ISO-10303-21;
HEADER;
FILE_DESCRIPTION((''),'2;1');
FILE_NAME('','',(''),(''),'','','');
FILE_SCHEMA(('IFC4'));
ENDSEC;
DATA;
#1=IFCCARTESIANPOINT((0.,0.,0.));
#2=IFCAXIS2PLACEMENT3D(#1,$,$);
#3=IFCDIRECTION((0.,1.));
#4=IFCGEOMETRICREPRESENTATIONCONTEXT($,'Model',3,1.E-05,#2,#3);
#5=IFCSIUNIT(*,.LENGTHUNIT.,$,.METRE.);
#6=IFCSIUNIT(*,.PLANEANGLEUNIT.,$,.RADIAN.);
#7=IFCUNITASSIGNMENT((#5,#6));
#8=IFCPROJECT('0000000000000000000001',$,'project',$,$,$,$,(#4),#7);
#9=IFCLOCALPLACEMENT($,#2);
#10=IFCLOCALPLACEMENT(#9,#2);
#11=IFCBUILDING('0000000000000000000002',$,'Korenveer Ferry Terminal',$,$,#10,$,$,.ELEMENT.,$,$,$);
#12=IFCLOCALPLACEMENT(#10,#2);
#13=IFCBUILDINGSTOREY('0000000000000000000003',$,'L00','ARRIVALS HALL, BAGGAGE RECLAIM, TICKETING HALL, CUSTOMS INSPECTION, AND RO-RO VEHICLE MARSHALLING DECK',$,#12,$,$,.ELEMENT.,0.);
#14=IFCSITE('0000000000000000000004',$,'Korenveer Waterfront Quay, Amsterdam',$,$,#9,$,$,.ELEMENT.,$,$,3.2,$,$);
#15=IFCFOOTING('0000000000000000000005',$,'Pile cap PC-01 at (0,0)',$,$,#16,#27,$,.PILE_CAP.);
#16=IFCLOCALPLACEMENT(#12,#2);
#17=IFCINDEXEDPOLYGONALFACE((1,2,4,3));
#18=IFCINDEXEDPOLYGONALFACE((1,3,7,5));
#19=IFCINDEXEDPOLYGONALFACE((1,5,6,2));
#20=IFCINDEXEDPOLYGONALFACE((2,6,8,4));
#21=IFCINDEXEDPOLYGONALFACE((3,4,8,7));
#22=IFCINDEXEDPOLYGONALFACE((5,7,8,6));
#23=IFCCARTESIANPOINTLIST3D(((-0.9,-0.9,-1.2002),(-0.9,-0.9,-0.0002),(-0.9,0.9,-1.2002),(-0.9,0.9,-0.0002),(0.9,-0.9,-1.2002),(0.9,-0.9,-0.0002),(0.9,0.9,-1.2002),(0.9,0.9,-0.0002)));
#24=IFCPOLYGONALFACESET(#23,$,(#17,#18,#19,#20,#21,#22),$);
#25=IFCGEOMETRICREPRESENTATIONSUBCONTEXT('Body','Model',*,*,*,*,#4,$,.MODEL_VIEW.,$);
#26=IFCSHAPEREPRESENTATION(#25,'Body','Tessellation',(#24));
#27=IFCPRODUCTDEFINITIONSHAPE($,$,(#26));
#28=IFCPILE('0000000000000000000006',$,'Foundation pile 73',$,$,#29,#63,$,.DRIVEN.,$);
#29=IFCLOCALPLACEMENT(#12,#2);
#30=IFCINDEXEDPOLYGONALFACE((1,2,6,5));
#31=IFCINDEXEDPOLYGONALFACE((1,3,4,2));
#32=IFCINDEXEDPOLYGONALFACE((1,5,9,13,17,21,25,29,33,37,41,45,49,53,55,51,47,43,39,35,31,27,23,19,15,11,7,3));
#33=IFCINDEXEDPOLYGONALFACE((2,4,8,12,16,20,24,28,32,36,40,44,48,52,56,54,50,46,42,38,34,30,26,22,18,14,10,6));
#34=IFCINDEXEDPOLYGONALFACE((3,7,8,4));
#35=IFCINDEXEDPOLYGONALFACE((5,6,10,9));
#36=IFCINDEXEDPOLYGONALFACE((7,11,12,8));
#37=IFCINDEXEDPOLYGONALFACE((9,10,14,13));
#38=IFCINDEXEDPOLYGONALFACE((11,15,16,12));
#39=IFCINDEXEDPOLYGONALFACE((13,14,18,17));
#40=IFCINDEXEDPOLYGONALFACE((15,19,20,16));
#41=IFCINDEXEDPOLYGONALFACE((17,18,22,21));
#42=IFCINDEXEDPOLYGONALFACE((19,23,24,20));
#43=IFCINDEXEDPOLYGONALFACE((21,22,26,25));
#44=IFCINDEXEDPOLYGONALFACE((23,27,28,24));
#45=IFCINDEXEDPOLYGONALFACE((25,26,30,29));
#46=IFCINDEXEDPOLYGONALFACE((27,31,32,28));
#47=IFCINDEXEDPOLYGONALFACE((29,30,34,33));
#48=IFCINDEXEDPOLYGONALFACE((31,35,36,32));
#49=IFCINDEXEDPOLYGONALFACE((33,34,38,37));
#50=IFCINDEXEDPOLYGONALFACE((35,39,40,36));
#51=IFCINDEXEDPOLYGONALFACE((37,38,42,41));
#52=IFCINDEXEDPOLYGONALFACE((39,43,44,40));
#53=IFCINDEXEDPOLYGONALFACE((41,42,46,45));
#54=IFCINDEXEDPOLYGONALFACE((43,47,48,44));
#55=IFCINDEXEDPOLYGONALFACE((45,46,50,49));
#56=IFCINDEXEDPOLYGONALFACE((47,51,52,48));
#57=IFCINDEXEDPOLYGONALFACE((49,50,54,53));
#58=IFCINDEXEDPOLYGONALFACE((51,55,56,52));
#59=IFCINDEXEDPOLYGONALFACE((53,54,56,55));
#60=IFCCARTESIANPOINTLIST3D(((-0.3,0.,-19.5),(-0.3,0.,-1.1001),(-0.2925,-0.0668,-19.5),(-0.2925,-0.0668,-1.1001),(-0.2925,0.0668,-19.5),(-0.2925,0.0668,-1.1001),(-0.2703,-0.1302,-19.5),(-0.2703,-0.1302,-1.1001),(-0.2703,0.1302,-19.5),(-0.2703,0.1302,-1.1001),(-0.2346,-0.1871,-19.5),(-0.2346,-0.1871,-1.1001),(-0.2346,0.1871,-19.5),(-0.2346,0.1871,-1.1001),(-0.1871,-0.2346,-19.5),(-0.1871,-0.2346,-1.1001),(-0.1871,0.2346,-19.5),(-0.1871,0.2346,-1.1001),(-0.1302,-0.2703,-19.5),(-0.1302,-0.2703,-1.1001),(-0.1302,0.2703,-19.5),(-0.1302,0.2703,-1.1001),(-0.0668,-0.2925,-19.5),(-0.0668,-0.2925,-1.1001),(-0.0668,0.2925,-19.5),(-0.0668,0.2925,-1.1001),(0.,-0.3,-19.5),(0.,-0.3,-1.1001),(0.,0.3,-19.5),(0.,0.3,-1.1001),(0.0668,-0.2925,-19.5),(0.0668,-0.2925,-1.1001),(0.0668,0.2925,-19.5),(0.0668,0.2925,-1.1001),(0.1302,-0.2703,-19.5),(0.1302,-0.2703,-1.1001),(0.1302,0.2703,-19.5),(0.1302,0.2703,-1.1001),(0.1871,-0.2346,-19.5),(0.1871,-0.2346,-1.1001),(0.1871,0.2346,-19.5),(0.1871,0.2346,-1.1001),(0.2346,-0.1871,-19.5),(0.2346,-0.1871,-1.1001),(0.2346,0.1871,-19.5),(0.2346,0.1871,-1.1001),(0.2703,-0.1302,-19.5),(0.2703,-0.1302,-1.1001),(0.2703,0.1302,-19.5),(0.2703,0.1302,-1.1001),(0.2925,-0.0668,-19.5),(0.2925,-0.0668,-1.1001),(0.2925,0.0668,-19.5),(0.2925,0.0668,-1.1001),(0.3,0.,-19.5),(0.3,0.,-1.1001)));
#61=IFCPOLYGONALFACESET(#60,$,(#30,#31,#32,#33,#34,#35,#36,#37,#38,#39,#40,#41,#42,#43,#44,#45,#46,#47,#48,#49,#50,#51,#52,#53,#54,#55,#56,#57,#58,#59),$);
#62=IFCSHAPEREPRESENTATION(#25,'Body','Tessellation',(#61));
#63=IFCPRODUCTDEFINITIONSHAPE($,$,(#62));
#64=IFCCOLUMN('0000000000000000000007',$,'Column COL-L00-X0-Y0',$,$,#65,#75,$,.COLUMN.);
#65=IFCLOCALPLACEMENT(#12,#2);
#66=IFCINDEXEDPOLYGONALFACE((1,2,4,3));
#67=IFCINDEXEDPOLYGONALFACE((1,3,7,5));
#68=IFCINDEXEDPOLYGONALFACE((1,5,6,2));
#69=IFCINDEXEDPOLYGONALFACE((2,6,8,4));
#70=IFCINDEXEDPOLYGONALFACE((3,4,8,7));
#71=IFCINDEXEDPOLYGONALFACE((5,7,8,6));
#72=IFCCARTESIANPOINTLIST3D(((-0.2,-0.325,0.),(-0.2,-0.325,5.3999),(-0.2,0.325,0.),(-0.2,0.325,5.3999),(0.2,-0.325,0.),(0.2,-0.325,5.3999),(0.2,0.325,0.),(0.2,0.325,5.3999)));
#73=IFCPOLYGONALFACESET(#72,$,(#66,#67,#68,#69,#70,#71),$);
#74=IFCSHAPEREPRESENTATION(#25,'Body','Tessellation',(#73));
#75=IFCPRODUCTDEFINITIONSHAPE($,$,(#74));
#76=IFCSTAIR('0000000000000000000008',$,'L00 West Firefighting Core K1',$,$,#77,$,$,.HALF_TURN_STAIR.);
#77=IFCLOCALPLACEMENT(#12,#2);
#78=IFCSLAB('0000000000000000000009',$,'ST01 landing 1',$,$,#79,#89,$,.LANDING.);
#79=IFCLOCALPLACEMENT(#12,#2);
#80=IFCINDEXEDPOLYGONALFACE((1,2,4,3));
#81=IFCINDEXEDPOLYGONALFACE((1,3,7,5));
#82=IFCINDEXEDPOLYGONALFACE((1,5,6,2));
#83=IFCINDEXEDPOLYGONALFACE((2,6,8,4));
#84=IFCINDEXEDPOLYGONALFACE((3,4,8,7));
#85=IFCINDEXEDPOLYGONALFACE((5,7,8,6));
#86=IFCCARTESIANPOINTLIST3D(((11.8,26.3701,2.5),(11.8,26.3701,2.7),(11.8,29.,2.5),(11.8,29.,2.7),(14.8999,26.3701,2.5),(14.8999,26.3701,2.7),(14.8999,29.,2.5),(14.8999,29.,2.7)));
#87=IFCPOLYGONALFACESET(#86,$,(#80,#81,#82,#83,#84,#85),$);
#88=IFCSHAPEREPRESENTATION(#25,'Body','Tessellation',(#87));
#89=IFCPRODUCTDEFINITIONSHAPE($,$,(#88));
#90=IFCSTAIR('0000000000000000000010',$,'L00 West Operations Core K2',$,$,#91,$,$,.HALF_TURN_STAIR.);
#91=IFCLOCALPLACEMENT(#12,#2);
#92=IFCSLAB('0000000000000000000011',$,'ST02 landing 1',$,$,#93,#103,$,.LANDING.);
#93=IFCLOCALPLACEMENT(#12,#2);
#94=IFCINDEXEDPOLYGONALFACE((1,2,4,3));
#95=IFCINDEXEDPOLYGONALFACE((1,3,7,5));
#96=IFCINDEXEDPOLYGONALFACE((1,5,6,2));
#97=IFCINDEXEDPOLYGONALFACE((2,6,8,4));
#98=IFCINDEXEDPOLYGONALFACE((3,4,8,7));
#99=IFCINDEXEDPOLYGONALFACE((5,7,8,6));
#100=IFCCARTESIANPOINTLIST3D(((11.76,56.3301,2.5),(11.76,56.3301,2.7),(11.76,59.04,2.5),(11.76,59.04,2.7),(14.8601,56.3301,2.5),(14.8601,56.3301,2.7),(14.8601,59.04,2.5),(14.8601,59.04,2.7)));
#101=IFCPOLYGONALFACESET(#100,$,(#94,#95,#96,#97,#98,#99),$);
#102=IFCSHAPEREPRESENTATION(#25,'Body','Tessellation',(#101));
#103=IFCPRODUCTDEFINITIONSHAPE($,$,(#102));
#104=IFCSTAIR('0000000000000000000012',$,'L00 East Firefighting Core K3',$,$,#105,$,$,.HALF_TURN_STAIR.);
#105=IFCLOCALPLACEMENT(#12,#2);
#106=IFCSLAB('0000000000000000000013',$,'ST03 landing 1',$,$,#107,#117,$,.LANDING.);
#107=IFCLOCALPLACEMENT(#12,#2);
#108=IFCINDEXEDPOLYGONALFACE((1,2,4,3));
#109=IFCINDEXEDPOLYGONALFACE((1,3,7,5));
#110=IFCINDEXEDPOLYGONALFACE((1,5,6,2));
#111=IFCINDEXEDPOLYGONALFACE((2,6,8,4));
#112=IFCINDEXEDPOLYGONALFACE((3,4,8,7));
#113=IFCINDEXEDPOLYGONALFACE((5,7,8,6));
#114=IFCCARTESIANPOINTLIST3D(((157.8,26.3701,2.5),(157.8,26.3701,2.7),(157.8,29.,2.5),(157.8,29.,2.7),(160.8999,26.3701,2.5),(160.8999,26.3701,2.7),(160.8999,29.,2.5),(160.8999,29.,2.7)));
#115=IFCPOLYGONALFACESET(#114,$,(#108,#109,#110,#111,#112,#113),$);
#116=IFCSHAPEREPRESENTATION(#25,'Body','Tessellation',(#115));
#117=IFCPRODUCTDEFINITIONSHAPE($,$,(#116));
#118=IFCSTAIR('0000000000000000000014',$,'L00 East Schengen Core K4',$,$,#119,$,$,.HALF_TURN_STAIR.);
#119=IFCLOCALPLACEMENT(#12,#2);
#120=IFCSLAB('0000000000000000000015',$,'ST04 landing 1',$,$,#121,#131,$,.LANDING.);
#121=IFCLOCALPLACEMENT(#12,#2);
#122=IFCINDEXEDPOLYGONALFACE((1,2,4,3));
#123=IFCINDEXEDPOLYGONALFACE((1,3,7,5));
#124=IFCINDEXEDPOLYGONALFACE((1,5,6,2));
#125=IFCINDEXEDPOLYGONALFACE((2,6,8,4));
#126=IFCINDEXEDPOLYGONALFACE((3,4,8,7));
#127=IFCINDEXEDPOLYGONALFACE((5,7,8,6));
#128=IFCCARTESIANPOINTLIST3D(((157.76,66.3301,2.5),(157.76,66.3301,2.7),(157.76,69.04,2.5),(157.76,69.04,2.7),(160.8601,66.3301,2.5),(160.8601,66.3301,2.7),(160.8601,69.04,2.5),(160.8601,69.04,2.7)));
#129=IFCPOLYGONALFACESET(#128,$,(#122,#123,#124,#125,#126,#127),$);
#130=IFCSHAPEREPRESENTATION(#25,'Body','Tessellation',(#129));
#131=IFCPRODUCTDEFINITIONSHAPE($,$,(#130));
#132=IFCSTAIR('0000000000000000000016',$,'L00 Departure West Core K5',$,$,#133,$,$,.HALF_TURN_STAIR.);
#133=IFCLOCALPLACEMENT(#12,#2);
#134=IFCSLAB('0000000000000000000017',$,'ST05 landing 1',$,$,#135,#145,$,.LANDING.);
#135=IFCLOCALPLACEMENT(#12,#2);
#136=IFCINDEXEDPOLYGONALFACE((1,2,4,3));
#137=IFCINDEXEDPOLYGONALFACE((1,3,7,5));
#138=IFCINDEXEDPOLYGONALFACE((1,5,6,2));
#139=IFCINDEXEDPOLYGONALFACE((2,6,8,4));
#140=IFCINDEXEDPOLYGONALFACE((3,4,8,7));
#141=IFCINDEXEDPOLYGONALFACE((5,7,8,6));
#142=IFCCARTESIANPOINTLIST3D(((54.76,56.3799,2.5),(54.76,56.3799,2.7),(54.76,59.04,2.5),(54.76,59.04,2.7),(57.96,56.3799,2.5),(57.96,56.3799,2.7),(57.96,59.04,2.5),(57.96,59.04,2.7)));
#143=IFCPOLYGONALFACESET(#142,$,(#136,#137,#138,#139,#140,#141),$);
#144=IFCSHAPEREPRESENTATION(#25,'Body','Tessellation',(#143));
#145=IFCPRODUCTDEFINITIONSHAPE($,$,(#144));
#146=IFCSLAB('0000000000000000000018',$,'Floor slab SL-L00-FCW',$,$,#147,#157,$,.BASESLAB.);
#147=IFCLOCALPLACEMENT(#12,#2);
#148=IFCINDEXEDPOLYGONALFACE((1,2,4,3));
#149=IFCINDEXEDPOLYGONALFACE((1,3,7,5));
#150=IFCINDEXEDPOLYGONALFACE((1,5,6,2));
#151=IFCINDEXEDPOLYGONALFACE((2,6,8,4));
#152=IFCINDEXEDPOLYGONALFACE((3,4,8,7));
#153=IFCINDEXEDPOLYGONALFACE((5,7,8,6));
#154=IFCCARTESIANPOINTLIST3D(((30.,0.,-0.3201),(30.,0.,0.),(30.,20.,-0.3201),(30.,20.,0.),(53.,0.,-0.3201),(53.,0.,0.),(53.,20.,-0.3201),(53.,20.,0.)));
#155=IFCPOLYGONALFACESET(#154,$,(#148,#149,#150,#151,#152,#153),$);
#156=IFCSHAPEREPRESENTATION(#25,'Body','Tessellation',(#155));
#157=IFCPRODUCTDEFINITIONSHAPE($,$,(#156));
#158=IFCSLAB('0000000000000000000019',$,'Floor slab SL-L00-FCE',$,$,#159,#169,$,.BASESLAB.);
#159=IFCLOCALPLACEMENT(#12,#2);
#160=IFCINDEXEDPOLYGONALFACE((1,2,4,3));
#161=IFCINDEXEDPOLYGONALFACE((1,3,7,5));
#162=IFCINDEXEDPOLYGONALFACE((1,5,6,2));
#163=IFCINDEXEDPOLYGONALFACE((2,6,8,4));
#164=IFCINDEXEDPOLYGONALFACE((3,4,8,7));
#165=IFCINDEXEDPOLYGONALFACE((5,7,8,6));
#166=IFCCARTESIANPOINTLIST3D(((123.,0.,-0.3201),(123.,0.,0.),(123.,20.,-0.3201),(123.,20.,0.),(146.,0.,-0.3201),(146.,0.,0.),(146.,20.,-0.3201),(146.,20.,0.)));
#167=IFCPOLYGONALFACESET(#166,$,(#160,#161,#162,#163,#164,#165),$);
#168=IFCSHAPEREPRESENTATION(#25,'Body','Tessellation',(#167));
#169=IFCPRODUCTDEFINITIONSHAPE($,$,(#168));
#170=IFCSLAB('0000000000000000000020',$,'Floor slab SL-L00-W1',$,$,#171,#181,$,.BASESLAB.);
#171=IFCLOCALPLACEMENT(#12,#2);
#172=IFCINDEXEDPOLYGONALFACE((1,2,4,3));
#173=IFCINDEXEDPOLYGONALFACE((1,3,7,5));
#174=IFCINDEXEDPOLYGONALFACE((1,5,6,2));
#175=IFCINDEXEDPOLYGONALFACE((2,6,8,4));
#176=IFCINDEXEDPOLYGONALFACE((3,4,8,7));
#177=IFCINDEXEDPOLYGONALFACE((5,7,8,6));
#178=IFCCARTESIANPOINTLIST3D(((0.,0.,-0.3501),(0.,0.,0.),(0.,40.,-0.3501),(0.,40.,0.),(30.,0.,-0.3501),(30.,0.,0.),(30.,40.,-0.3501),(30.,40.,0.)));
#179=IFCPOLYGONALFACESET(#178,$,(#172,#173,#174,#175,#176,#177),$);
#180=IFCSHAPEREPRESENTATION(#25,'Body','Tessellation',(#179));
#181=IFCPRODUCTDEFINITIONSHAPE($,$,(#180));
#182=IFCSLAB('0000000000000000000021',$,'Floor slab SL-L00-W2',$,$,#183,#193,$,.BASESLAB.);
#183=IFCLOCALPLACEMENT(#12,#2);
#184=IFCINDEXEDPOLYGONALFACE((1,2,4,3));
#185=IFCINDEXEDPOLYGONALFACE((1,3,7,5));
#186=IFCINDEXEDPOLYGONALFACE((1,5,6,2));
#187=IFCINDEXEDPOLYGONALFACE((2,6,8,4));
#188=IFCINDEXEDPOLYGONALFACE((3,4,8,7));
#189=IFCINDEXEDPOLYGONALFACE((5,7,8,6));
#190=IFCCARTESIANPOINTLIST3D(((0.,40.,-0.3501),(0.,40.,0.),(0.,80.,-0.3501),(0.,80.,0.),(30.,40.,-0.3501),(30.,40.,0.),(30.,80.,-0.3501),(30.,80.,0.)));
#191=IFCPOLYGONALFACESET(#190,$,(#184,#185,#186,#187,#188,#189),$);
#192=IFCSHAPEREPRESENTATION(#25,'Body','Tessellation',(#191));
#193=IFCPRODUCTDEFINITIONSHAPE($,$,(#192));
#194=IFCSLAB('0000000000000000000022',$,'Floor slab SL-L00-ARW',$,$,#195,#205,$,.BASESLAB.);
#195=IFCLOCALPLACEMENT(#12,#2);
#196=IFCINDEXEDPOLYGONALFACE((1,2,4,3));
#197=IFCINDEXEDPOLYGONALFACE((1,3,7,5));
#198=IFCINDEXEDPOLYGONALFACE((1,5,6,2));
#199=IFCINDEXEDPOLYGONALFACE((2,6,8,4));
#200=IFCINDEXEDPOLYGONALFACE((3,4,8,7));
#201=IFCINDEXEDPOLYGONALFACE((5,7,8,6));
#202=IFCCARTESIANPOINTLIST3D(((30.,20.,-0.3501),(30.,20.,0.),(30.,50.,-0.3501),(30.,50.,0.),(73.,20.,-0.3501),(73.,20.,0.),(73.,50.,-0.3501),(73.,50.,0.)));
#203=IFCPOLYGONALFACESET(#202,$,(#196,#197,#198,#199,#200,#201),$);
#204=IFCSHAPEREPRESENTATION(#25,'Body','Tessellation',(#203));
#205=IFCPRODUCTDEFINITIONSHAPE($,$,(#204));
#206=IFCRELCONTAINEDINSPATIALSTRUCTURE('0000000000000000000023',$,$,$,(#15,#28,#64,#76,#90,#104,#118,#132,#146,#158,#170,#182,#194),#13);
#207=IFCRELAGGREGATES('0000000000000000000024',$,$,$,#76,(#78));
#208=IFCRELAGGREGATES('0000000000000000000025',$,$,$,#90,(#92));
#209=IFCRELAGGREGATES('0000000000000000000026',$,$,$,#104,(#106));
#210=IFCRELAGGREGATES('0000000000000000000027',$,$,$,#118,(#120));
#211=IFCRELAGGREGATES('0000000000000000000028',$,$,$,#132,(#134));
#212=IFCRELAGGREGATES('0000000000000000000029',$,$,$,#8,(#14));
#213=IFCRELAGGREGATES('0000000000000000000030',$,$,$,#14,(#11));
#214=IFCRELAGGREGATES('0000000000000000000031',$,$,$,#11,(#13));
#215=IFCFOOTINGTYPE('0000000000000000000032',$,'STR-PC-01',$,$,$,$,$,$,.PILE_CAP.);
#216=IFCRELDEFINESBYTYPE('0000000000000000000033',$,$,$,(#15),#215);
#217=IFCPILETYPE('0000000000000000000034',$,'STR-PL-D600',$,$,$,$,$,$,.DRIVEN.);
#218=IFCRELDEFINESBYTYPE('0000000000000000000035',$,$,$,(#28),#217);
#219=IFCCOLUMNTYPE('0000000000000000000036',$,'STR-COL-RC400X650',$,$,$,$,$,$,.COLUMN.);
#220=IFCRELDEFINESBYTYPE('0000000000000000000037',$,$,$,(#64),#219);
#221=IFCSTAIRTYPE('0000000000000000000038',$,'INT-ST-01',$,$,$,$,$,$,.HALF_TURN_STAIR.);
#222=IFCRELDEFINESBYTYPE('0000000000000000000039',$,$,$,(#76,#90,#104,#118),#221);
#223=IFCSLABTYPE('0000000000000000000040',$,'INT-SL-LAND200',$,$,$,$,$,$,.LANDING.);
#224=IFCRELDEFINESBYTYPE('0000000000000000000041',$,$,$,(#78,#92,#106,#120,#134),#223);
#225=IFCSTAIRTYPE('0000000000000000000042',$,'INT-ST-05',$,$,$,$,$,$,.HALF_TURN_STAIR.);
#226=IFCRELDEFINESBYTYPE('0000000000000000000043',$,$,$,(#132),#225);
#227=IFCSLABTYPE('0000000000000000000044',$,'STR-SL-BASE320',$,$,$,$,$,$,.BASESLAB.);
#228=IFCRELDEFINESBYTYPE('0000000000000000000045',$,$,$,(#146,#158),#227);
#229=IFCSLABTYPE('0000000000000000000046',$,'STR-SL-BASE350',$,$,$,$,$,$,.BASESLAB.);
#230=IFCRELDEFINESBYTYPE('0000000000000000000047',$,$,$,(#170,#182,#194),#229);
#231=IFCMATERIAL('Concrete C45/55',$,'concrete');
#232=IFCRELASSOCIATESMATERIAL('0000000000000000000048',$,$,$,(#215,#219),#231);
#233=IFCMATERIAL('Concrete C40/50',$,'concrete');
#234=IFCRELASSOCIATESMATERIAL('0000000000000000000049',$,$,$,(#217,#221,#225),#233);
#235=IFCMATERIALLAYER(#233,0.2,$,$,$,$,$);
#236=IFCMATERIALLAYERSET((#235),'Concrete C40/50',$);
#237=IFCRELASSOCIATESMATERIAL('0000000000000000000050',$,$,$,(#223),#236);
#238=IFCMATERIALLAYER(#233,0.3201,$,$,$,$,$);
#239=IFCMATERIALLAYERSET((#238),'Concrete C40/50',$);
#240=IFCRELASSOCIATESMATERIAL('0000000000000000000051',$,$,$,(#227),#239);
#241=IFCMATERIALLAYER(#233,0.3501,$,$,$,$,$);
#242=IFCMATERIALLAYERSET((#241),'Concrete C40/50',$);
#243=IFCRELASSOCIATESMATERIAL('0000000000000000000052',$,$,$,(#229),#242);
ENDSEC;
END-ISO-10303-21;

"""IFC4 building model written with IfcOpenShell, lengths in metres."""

from ifc_helpers import new_model, si_unit, direction, frame, origin, origin_with_axes, origin_2d, place, context, subcontext, project, spatial, polyline, rectangle, circle, outline, extrude, material, layer, layer_set, material_profile, profile_set, type_object, element, aggregate, save


model = new_model("IFC4")

# Units and contexts
model_context = context("Model", 3, precision=1e-05, world=origin(), true_north=direction((0.0, 1.0)))
body_context = subcontext(model_context, "Body", "Model", "MODEL_VIEW")
ifc_project = project(units=[si_unit("LENGTHUNIT", "METRE"), si_unit("PLANEANGLEUNIT", "RADIAN")], contexts=[model_context])

# Site, building, storey
site_placement = place(None, origin())
site = spatial("IfcSite", under=ifc_project, at=site_placement, Name="Korenveer Waterfront Quay, Amsterdam", CompositionType="ELEMENT", RefElevation=3.2)
building_placement = place(site_placement, origin())
building = spatial("IfcBuilding", under=site, at=building_placement, Name="Korenveer Ferry Terminal", CompositionType="ELEMENT")
storey_placement = place(building_placement, origin())
storey = spatial("IfcBuildingStorey", under=building, at=storey_placement, Name="L00", Description="ARRIVALS HALL, BAGGAGE RECLAIM, TICKETING HALL, CUSTOMS INSPECTION, AND RO-RO VEHICLE MARSHALLING DECK", CompositionType="ELEMENT", Elevation=0.0)

# Footing
ifc_material_1 = material(Name="Concrete C45/55", Category="concrete")
footing_type = type_object("IfcFootingType", Name="STR-PC-01", PredefinedType="PILE_CAP", material=ifc_material_1)
footing_placement = place(storey_placement, frame((0.0, 0.0, -1.2002), z_axis=(0.0, 0.0, 1.0), x_axis=(1.0, 0.0, 0.0)))
element("IfcFooting", 1, at=footing_placement, inside=storey, type_object=footing_type, Name="Pile cap PC-01 at (0,0)", PredefinedType="PILE_CAP", context=body_context, shape_type="SweptSolid", body=[
    extrude(rectangle(XDim=1.8, YDim=1.8, at=origin_2d()), origin(), (0.0, 0.0, 1.0), 1.2),
])

# Pile
ifc_material_2 = material(Name="Concrete C40/50", Category="concrete")
ifc_material_profile_1 = material_profile(ifc_material_2, circle(Radius=0.3, at=origin_2d()), Name="PILE D600")
ifc_profile_set_1 = profile_set([ifc_material_profile_1], Name="Concrete C40/50")
pile_type = type_object("IfcPileType", Name="STR-PL-D600", PredefinedType="DRIVEN", material=ifc_profile_set_1)
pile_placement = place(storey_placement, frame((0.0, 0.0, -1.1001), z_axis=(0.0, 0.0, -1.0), x_axis=(1.0, 0.0, 0.0)))
element("IfcPile", 2, at=pile_placement, inside=storey, type_object=pile_type, Name="Foundation pile 73", PredefinedType="DRIVEN", context=body_context, shape_type="SweptSolid", body=[
    extrude(circle(Radius=0.3, at=origin_2d()), origin(), (0.0, 0.0, 1.0), 18.3999),
])

# Column
ifc_material_profile_2 = material_profile(ifc_material_1, rectangle(XDim=0.3999, YDim=0.6499, at=origin_2d()), Name="RC 400x650")
ifc_profile_set_2 = profile_set([ifc_material_profile_2], Name="Concrete C45/55")
column_type = type_object("IfcColumnType", Name="STR-COL-RC400X650", PredefinedType="COLUMN", material=ifc_profile_set_2)
column_placement = place(storey_placement, origin_with_axes())
element("IfcColumn", 3, at=column_placement, inside=storey, type_object=column_type, Name="Column COL-L00-X0-Y0", PredefinedType="COLUMN", context=body_context, shape_type="SweptSolid", body=[
    extrude(rectangle(XDim=0.3999, YDim=0.6499, at=origin_2d()), origin(), (0.0, 0.0, 1.0), 5.3999),
])

# Stairs, slabs
stair_type_1 = type_object("IfcStairType", Name="INT-ST-01", PredefinedType="HALF_TURN_STAIR", material=ifc_material_2)
stair_1_placement = place(storey_placement, frame((14.175, 22.45, 0.0)))
stair_1 = element("IfcStair", 4, at=stair_1_placement, inside=storey, type_object=stair_type_1, Name="L00 West Firefighting Core K1", PredefinedType="HALF_TURN_STAIR")
ifc_layer_1 = layer(ifc_material_2, 0.2)
ifc_layer_set_1 = layer_set([ifc_layer_1], Name="Concrete C40/50")
slab_type_1 = type_object("IfcSlabType", Name="INT-SL-LAND200", PredefinedType="LANDING", material=ifc_layer_set_1)
slab_1_placement = place(storey_placement, frame((0.0, 0.0, 2.5)))
slab_1 = element("IfcSlab", 5, at=slab_1_placement, type_object=slab_type_1, Name="ST01 landing 1", PredefinedType="LANDING", context=body_context, shape_type="SweptSolid", body=[
    extrude(outline(polyline([(14.8999, 26.3701), (14.8999, 29.0), (11.8, 29.0), (11.8, 26.3701), (14.8999, 26.3701)])), origin(), (0.0, 0.0, 1.0), 0.2),
])
aggregate(stair_1, [slab_1])
stair_2_placement = place(storey_placement, frame((14.135, 52.4099, 0.0)))
stair_2 = element("IfcStair", 6, at=stair_2_placement, inside=storey, type_object=stair_type_1, Name="L00 West Operations Core K2", PredefinedType="HALF_TURN_STAIR")
slab_2_placement = place(storey_placement, frame((0.0, 0.0, 2.5)))
slab_2 = element("IfcSlab", 7, at=slab_2_placement, type_object=slab_type_1, Name="ST02 landing 1", PredefinedType="LANDING", context=body_context, shape_type="SweptSolid", body=[
    extrude(outline(polyline([(14.8601, 56.3301), (14.8601, 59.04), (11.76, 59.04), (11.76, 56.3301), (14.8601, 56.3301)])), origin(), (0.0, 0.0, 1.0), 0.2),
])
aggregate(stair_2, [slab_2])
stair_3_placement = place(storey_placement, frame((160.175, 22.45, 0.0)))
stair_3 = element("IfcStair", 8, at=stair_3_placement, inside=storey, type_object=stair_type_1, Name="L00 East Firefighting Core K3", PredefinedType="HALF_TURN_STAIR")
slab_3_placement = place(storey_placement, frame((0.0, 0.0, 2.5)))
slab_3 = element("IfcSlab", 9, at=slab_3_placement, type_object=slab_type_1, Name="ST03 landing 1", PredefinedType="LANDING", context=body_context, shape_type="SweptSolid", body=[
    extrude(outline(polyline([(160.8999, 26.3701), (160.8999, 29.0), (157.8, 29.0), (157.8, 26.3701), (160.8999, 26.3701)])), origin(), (0.0, 0.0, 1.0), 0.2),
])
aggregate(stair_3, [slab_3])
stair_4_placement = place(storey_placement, frame((160.135, 62.4099, 0.0)))
stair_4 = element("IfcStair", 10, at=stair_4_placement, inside=storey, type_object=stair_type_1, Name="L00 East Schengen Core K4", PredefinedType="HALF_TURN_STAIR")
slab_4_placement = place(storey_placement, frame((0.0, 0.0, 2.5)))
slab_4 = element("IfcSlab", 11, at=slab_4_placement, type_object=slab_type_1, Name="ST04 landing 1", PredefinedType="LANDING", context=body_context, shape_type="SweptSolid", body=[
    extrude(outline(polyline([(160.8601, 66.3301), (160.8601, 69.04), (157.76, 69.04), (157.76, 66.3301), (160.8601, 66.3301)])), origin(), (0.0, 0.0, 1.0), 0.2),
])
aggregate(stair_4, [slab_4])
stair_type_2 = type_object("IfcStairType", Name="INT-ST-05", PredefinedType="HALF_TURN_STAIR", material=ifc_material_2)
stair_5_placement = place(storey_placement, frame((57.21, 52.46, 0.0)))
stair_5 = element("IfcStair", 12, at=stair_5_placement, inside=storey, type_object=stair_type_2, Name="L00 Departure West Core K5", PredefinedType="HALF_TURN_STAIR")
slab_5_placement = place(storey_placement, frame((0.0, 0.0, 2.5)))
slab_5 = element("IfcSlab", 13, at=slab_5_placement, type_object=slab_type_1, Name="ST05 landing 1", PredefinedType="LANDING", context=body_context, shape_type="SweptSolid", body=[
    extrude(outline(polyline([(57.96, 56.3799), (57.96, 59.04), (54.76, 59.04), (54.76, 56.3799), (57.96, 56.3799)])), origin(), (0.0, 0.0, 1.0), 0.2),
])
aggregate(stair_5, [slab_5])

# Slabs
ifc_layer_2 = layer(ifc_material_2, 0.3201)
ifc_layer_set_2 = layer_set([ifc_layer_2], Name="Concrete C40/50")
slab_type_2 = type_object("IfcSlabType", Name="STR-SL-BASE320", PredefinedType="BASESLAB", material=ifc_layer_set_2)
slab_6_placement = place(storey_placement, frame((0.0, 0.0, -0.3201)))
element("IfcSlab", 14, at=slab_6_placement, inside=storey, type_object=slab_type_2, Name="Floor slab SL-L00-FCW", PredefinedType="BASESLAB", context=body_context, shape_type="SweptSolid", body=[
    extrude(outline(polyline([(30.0, 0.0), (53.0, 0.0), (53.0, 20.0), (30.0, 20.0), (30.0, 0.0)])), origin(), (0.0, 0.0, 1.0), 0.3201),
])
slab_7_placement = place(storey_placement, frame((0.0, 0.0, -0.3201)))
element("IfcSlab", 15, at=slab_7_placement, inside=storey, type_object=slab_type_2, Name="Floor slab SL-L00-FCE", PredefinedType="BASESLAB", context=body_context, shape_type="SweptSolid", body=[
    extrude(outline(polyline([(123.0, 0.0), (146.0, 0.0), (146.0, 20.0), (123.0, 20.0), (123.0, 0.0)])), origin(), (0.0, 0.0, 1.0), 0.3201),
])
ifc_layer_3 = layer(ifc_material_2, 0.3501)
ifc_layer_set_3 = layer_set([ifc_layer_3], Name="Concrete C40/50")
slab_type_3 = type_object("IfcSlabType", Name="STR-SL-BASE350", PredefinedType="BASESLAB", material=ifc_layer_set_3)
slab_8_placement = place(storey_placement, frame((0.0, 0.0, -0.3501)))
element("IfcSlab", 16, at=slab_8_placement, inside=storey, type_object=slab_type_3, Name="Floor slab SL-L00-W1", PredefinedType="BASESLAB", context=body_context, shape_type="SweptSolid", body=[
    extrude(outline(polyline([(0.0, 0.0), (30.0, 0.0), (30.0, 40.0), (0.0, 40.0), (0.0, 0.0)])), origin(), (0.0, 0.0, 1.0), 0.3501),
])
slab_9_placement = place(storey_placement, frame((0.0, 0.0, -0.3501)))
element("IfcSlab", 17, at=slab_9_placement, inside=storey, type_object=slab_type_3, Name="Floor slab SL-L00-W2", PredefinedType="BASESLAB", context=body_context, shape_type="SweptSolid", body=[
    extrude(outline(polyline([(0.0, 40.0), (30.0, 40.0), (30.0, 80.0), (0.0, 80.0), (0.0, 40.0)])), origin(), (0.0, 0.0, 1.0), 0.3501),
])
slab_10_placement = place(storey_placement, frame((0.0, 0.0, -0.3501)))
element("IfcSlab", 18, at=slab_10_placement, inside=storey, type_object=slab_type_3, Name="Floor slab SL-L00-ARW", PredefinedType="BASESLAB", context=body_context, shape_type="SweptSolid", body=[
    extrude(outline(polyline([(30.0, 20.0), (73.0, 20.0), (73.0, 50.0), (30.0, 50.0), (30.0, 20.0)])), origin(), (0.0, 0.0, 1.0), 0.3501),
])

save(model, "model.ifc")
